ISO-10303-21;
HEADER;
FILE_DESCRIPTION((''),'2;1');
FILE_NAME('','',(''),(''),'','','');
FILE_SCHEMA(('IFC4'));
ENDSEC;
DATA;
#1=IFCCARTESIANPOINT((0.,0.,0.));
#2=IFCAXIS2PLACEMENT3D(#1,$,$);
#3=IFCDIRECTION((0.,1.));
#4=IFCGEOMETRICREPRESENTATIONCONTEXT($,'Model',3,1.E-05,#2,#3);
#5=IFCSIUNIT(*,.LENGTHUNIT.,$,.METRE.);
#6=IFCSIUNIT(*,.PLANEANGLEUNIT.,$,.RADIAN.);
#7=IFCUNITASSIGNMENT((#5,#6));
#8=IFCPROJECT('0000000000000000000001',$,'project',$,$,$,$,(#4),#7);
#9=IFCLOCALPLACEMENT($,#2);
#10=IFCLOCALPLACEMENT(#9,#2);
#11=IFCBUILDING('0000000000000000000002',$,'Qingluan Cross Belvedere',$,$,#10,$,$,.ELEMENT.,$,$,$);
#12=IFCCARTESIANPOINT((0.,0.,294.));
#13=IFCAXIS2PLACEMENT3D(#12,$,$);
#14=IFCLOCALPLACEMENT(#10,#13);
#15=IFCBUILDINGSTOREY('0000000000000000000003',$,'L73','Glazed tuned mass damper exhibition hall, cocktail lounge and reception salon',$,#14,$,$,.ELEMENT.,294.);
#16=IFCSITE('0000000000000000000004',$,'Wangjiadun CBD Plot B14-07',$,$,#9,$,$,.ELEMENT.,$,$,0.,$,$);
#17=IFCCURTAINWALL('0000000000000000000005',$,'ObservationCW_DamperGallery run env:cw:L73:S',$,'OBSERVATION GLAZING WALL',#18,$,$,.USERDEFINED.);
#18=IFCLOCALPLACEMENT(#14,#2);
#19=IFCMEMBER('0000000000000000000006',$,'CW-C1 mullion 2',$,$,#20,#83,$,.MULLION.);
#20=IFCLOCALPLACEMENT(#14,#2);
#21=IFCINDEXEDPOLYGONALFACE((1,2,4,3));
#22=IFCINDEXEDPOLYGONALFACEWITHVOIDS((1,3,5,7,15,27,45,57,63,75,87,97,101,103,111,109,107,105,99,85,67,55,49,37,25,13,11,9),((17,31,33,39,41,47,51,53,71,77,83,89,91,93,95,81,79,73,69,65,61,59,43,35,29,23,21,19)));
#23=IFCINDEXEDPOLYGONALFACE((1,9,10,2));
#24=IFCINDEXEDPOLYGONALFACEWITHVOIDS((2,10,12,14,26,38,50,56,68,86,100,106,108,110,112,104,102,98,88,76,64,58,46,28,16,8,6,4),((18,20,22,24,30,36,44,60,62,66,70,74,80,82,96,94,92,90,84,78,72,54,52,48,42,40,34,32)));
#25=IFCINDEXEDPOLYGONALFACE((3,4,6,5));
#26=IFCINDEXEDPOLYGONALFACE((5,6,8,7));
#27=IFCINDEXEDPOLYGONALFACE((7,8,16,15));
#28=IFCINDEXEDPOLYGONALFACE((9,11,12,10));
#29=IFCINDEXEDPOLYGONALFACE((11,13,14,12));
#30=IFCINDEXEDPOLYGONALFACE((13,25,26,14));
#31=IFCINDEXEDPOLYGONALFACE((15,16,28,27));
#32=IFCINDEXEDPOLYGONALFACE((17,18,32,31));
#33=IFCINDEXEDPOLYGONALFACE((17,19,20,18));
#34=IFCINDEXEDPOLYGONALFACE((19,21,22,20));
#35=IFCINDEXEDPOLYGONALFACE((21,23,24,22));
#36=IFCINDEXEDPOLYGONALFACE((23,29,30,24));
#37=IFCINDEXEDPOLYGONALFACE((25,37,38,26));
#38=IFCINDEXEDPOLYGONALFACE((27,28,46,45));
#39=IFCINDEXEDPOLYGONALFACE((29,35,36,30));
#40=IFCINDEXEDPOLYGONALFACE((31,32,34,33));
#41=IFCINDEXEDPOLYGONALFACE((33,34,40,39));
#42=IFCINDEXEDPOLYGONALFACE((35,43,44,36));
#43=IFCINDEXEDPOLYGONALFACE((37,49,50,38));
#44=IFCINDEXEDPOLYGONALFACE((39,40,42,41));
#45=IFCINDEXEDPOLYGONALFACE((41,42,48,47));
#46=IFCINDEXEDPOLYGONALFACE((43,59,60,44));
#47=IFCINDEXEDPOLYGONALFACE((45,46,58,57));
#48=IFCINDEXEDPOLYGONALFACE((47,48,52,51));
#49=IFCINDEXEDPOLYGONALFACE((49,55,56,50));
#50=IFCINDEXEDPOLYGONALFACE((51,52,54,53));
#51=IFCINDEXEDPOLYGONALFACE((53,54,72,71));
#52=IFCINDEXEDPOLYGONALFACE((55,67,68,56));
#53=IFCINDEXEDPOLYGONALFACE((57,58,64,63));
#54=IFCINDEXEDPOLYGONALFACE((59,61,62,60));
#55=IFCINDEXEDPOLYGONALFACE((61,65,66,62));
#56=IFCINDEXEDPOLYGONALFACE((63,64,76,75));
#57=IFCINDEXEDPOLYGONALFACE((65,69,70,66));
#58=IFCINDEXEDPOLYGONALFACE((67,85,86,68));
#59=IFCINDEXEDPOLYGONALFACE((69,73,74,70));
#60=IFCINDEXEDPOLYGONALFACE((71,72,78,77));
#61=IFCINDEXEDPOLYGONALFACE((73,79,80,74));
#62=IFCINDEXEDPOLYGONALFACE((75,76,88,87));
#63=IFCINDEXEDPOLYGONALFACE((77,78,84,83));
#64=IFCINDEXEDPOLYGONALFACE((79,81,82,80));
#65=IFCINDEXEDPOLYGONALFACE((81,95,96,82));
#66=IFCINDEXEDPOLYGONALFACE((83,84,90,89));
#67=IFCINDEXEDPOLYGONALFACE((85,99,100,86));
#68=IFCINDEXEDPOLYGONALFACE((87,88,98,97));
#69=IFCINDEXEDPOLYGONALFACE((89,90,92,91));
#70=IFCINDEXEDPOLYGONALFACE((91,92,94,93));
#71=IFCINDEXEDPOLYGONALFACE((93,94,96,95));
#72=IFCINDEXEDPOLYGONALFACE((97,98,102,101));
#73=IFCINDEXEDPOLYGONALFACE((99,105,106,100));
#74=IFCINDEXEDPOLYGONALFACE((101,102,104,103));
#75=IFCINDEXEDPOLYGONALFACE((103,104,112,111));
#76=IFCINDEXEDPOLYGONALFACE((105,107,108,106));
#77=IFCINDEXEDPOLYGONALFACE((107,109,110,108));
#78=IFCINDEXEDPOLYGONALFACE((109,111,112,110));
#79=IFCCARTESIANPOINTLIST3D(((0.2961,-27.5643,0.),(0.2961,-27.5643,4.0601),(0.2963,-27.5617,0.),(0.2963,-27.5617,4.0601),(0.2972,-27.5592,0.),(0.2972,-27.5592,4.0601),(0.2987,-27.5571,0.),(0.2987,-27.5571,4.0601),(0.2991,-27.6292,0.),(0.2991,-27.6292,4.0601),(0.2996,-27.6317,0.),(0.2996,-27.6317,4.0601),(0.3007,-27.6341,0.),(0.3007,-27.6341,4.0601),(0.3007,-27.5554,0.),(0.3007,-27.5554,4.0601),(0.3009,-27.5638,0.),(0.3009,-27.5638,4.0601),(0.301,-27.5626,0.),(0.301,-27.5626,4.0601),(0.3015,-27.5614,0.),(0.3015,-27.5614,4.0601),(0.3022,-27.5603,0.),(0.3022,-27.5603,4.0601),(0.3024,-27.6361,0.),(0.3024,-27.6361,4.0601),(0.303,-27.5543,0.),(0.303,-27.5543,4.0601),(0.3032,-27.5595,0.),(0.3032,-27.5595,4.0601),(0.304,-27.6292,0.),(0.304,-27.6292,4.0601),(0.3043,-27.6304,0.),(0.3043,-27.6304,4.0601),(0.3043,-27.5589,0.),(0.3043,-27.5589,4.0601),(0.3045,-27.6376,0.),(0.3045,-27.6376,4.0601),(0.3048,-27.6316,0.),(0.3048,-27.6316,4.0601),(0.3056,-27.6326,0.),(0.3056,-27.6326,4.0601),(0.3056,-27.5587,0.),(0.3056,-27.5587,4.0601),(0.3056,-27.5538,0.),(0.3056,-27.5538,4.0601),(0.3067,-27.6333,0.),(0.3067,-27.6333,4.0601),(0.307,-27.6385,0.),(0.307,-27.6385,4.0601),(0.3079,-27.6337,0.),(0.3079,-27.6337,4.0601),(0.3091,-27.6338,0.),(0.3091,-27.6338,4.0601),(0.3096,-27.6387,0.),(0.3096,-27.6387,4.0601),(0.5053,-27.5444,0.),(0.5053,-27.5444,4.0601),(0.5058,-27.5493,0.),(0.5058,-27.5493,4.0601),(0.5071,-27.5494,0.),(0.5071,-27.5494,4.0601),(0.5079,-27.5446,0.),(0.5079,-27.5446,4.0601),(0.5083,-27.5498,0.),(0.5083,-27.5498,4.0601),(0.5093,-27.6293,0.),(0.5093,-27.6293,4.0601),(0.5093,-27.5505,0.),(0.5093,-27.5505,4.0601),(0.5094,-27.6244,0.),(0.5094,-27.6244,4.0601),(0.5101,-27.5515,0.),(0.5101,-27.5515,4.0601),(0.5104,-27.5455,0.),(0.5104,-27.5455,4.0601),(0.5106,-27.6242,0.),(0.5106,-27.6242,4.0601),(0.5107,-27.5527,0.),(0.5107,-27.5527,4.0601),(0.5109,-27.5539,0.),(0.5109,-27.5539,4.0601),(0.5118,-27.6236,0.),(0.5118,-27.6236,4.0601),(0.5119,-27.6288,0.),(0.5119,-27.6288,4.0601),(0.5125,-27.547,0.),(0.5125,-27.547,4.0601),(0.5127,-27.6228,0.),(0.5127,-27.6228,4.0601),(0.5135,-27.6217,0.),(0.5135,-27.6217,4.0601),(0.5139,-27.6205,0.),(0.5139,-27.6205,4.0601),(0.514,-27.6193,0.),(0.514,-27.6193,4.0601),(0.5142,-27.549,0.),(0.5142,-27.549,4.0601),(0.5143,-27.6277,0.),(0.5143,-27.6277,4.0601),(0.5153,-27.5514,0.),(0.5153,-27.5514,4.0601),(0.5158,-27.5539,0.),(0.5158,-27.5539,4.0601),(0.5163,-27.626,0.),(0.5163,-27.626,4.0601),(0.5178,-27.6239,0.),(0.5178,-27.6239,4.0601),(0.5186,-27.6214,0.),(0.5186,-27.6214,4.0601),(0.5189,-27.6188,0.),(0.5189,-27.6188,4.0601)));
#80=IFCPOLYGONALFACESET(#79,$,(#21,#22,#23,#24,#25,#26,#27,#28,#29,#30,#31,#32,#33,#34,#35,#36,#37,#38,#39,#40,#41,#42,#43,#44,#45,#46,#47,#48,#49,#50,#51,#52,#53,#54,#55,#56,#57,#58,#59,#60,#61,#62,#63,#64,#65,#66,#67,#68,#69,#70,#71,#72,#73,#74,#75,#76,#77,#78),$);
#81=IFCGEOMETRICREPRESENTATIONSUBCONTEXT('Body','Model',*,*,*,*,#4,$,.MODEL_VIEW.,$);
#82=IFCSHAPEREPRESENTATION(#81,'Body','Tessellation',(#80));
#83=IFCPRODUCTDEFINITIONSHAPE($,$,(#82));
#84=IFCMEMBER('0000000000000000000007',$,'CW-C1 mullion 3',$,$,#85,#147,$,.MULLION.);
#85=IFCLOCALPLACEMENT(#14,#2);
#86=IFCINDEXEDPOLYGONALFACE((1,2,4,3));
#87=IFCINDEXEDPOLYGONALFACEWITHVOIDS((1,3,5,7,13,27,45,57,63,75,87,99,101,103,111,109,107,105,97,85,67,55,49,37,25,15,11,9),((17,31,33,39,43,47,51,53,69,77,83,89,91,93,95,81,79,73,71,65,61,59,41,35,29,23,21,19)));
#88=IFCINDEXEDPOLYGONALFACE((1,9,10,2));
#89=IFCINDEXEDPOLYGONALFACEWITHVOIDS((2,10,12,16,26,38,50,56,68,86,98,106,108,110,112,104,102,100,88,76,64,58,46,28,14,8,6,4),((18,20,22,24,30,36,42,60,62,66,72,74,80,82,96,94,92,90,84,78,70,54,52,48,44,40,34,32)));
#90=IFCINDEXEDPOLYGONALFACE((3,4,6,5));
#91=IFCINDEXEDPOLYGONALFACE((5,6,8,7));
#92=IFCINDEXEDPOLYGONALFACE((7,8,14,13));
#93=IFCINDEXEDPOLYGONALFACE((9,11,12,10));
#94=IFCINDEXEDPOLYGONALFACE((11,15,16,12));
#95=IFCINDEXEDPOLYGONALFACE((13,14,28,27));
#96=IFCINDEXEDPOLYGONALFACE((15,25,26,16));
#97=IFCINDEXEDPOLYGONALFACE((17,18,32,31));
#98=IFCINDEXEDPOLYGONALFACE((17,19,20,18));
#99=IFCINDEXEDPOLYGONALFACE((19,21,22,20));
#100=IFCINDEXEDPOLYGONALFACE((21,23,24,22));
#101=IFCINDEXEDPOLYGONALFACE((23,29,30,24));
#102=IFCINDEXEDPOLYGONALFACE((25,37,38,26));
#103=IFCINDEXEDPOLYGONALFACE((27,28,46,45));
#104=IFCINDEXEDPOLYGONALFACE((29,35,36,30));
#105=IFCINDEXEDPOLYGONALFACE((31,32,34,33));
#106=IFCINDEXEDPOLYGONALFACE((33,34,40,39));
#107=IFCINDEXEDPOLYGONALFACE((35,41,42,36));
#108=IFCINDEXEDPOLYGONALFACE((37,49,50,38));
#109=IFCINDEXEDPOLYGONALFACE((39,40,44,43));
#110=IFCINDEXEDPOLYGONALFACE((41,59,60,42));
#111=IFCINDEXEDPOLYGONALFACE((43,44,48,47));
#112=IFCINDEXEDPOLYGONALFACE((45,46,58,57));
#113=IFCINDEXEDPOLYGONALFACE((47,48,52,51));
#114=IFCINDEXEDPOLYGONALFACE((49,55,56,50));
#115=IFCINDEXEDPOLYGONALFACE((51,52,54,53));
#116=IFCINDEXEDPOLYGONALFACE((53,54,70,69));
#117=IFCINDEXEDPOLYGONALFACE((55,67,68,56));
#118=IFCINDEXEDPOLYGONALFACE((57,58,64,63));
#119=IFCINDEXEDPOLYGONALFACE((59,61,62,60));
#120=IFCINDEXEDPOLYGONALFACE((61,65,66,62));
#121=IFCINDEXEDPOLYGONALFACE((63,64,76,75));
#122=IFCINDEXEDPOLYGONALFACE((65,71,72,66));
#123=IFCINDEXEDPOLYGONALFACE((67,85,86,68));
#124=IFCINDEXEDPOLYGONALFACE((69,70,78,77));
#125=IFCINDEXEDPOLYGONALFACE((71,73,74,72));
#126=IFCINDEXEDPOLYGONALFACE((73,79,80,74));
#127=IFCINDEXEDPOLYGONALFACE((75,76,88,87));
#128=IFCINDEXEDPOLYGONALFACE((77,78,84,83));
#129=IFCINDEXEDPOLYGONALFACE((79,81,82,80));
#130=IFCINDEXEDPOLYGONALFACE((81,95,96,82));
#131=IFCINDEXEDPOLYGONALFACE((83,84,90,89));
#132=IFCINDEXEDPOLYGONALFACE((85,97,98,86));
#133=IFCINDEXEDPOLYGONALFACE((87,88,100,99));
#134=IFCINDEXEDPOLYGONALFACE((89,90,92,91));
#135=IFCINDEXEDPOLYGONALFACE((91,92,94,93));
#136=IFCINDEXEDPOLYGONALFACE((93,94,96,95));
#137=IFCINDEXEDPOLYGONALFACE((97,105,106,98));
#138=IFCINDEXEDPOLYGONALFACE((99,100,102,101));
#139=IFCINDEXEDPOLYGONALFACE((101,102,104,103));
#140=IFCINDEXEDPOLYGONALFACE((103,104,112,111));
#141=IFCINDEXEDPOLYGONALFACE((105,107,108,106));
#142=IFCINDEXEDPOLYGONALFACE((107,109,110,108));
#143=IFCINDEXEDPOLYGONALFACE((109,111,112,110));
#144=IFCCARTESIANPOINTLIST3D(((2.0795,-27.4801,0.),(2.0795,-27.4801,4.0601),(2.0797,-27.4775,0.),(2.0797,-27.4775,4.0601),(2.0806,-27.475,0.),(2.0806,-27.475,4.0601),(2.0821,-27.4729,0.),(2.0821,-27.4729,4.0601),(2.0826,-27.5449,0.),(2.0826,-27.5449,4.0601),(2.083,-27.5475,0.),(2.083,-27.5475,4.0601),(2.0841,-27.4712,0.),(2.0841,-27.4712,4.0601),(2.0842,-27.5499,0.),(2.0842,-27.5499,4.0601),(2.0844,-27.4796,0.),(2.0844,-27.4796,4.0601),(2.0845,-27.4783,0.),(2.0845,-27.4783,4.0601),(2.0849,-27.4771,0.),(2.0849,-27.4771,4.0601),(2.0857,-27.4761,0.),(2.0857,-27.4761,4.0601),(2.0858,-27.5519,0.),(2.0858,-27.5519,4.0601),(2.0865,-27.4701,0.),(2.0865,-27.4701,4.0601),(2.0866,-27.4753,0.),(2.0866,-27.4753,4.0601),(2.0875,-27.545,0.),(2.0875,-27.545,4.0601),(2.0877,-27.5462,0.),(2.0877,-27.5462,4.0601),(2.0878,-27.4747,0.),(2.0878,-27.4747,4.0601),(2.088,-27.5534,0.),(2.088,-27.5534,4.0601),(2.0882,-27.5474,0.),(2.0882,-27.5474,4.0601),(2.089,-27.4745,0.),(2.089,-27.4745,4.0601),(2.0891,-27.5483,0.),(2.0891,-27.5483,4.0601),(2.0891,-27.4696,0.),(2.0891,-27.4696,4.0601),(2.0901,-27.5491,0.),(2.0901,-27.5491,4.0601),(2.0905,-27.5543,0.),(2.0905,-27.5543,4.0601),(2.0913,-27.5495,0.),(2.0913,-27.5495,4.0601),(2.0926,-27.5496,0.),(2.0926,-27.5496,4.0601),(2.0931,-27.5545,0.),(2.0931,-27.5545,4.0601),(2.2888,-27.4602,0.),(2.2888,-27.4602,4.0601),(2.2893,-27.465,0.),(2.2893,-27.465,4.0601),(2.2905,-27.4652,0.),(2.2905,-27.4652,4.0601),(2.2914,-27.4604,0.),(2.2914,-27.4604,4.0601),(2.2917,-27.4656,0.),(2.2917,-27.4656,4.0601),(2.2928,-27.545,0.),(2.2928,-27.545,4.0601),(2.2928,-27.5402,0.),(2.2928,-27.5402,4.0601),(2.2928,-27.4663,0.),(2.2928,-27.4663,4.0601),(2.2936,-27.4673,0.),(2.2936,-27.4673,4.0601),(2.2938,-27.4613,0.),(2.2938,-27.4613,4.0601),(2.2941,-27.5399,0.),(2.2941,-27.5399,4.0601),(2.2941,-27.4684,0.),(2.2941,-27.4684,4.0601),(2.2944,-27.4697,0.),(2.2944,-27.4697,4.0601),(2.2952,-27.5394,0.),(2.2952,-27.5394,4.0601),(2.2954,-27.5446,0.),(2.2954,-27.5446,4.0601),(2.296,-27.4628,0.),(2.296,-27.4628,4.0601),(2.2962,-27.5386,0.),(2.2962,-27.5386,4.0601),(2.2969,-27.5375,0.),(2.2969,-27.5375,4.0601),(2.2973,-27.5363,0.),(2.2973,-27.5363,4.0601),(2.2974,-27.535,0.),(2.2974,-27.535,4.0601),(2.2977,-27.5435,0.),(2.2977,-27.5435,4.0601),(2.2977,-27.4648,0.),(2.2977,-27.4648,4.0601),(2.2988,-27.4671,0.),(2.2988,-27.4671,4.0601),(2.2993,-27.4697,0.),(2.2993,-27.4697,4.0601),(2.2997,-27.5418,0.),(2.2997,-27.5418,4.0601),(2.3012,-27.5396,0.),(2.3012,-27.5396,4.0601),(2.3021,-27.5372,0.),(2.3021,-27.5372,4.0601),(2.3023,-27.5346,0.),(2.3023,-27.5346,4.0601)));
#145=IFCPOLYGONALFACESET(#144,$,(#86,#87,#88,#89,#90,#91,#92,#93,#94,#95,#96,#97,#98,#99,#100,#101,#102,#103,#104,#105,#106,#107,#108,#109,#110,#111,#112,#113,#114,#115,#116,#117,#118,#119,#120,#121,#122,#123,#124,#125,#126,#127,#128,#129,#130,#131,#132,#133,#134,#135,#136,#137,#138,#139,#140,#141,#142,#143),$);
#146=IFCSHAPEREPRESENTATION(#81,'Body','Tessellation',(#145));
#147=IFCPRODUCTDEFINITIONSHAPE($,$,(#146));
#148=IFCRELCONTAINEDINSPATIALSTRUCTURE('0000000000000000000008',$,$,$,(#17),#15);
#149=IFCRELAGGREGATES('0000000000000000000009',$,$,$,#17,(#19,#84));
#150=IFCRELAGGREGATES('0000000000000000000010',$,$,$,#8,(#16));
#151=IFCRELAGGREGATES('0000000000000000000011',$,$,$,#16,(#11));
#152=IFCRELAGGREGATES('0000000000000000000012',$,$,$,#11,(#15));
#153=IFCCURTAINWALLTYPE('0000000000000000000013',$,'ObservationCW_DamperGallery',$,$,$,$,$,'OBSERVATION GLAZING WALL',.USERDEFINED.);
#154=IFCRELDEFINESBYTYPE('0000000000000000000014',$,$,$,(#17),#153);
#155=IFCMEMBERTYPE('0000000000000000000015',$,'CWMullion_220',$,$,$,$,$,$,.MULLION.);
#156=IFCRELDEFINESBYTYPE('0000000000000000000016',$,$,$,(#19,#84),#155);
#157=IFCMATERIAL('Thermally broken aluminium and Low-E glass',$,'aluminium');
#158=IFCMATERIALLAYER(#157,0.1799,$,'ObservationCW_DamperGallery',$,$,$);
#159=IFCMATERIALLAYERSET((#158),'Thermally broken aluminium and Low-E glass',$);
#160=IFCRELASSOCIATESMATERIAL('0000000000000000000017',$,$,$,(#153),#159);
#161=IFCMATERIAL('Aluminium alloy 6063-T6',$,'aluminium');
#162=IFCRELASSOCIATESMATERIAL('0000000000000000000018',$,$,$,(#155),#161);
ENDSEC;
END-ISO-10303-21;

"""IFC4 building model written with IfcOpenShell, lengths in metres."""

from ifc_helpers import new_model, si_unit, direction, frame, origin, origin_2d, place, context, subcontext, project, spatial, hollow_rectangle, extrude, material, layer, layer_set, material_profile, profile_set, type_object, element, aggregate, save


model = new_model("IFC4")

# Units and contexts
model_context = context("Model", 3, precision=1e-05, world=origin(), true_north=direction((0.0, 1.0)))
body_context = subcontext(model_context, "Body", "Model", "MODEL_VIEW")
ifc_project = project(units=[si_unit("LENGTHUNIT", "METRE"), si_unit("PLANEANGLEUNIT", "RADIAN")], contexts=[model_context])

# Site, building, storey
site_placement = place(None, origin())
site = spatial("IfcSite", under=ifc_project, at=site_placement, Name="Wangjiadun CBD Plot B14-07", CompositionType="ELEMENT", RefElevation=0.0)
building_placement = place(site_placement, origin())
building = spatial("IfcBuilding", under=site, at=building_placement, Name="Qingluan Cross Belvedere", CompositionType="ELEMENT")
storey_placement = place(building_placement, frame((0.0, 0.0, 294.0)))
storey = spatial("IfcBuildingStorey", under=building, at=storey_placement, Name="L73", Description="Glazed tuned mass damper exhibition hall, cocktail lounge and reception salon", CompositionType="ELEMENT", Elevation=294.0)

# Curtain wall, members
ifc_material_1 = material(Name="Thermally broken aluminium and Low-E glass", Category="aluminium")
ifc_layer_1 = layer(ifc_material_1, 0.1799, Name="ObservationCW_DamperGallery")
ifc_layer_set_1 = layer_set([ifc_layer_1], Name="Thermally broken aluminium and Low-E glass")
curtain_wall_type = type_object("IfcCurtainWallType", Name="ObservationCW_DamperGallery", ElementType="OBSERVATION GLAZING WALL", PredefinedType="USERDEFINED", material=ifc_layer_set_1)
curtain_wall_placement = place(storey_placement, origin())
curtain_wall = element("IfcCurtainWall", 1, at=curtain_wall_placement, inside=storey, type_object=curtain_wall_type, Name="ObservationCW_DamperGallery run env:cw:L73:S", ObjectType="OBSERVATION GLAZING WALL", PredefinedType="USERDEFINED")
ifc_material_2 = material(Name="Aluminium alloy 6063-T6", Category="aluminium")
ifc_material_profile_1 = material_profile(ifc_material_2, hollow_rectangle(XDim=0.085, YDim=0.22, WallThickness=0.0049, InnerFilletRadius=0.0049, OuterFilletRadius=0.01, at=origin_2d()), Name="CWM220x85x5")
ifc_profile_set_1 = profile_set([ifc_material_profile_1], Name="Aluminium alloy 6063-T6")
member_type_1 = type_object("IfcMemberType", Name="CWMullion_220", PredefinedType="MULLION", material=ifc_profile_set_1)
member_1_placement = place(storey_placement, frame((0.4075, -27.5916, 0.0), z_axis=(0.0, 0.0, 1.0), x_axis=(-0.047125, 0.998889, 0.0)))
member_1 = element("IfcMember", 2, at=member_1_placement, type_object=member_type_1, Name="CW-C1 mullion 2", PredefinedType="MULLION", context=body_context, shape_type="SweptSolid", body=[
    extrude(hollow_rectangle(XDim=0.085, YDim=0.22, WallThickness=0.0049, InnerFilletRadius=0.0049, OuterFilletRadius=0.01, at=origin_2d()), origin(), (0.0, 0.0, 1.0), 4.0601),
])
member_2_placement = place(storey_placement, frame((2.1909, -27.5073, 0.0), z_axis=(0.0, 0.0, 1.0), x_axis=(-0.047125, 0.998889, 0.0)))
member_2 = element("IfcMember", 3, at=member_2_placement, type_object=member_type_1, Name="CW-C1 mullion 3", PredefinedType="MULLION", context=body_context, shape_type="SweptSolid", body=[
    extrude(hollow_rectangle(XDim=0.085, YDim=0.22, WallThickness=0.0049, InnerFilletRadius=0.0049, OuterFilletRadius=0.01, at=origin_2d()), origin(), (0.0, 0.0, 1.0), 4.0601),
])
aggregate(curtain_wall, [member_1, member_2])

save(model, "model.ifc")
